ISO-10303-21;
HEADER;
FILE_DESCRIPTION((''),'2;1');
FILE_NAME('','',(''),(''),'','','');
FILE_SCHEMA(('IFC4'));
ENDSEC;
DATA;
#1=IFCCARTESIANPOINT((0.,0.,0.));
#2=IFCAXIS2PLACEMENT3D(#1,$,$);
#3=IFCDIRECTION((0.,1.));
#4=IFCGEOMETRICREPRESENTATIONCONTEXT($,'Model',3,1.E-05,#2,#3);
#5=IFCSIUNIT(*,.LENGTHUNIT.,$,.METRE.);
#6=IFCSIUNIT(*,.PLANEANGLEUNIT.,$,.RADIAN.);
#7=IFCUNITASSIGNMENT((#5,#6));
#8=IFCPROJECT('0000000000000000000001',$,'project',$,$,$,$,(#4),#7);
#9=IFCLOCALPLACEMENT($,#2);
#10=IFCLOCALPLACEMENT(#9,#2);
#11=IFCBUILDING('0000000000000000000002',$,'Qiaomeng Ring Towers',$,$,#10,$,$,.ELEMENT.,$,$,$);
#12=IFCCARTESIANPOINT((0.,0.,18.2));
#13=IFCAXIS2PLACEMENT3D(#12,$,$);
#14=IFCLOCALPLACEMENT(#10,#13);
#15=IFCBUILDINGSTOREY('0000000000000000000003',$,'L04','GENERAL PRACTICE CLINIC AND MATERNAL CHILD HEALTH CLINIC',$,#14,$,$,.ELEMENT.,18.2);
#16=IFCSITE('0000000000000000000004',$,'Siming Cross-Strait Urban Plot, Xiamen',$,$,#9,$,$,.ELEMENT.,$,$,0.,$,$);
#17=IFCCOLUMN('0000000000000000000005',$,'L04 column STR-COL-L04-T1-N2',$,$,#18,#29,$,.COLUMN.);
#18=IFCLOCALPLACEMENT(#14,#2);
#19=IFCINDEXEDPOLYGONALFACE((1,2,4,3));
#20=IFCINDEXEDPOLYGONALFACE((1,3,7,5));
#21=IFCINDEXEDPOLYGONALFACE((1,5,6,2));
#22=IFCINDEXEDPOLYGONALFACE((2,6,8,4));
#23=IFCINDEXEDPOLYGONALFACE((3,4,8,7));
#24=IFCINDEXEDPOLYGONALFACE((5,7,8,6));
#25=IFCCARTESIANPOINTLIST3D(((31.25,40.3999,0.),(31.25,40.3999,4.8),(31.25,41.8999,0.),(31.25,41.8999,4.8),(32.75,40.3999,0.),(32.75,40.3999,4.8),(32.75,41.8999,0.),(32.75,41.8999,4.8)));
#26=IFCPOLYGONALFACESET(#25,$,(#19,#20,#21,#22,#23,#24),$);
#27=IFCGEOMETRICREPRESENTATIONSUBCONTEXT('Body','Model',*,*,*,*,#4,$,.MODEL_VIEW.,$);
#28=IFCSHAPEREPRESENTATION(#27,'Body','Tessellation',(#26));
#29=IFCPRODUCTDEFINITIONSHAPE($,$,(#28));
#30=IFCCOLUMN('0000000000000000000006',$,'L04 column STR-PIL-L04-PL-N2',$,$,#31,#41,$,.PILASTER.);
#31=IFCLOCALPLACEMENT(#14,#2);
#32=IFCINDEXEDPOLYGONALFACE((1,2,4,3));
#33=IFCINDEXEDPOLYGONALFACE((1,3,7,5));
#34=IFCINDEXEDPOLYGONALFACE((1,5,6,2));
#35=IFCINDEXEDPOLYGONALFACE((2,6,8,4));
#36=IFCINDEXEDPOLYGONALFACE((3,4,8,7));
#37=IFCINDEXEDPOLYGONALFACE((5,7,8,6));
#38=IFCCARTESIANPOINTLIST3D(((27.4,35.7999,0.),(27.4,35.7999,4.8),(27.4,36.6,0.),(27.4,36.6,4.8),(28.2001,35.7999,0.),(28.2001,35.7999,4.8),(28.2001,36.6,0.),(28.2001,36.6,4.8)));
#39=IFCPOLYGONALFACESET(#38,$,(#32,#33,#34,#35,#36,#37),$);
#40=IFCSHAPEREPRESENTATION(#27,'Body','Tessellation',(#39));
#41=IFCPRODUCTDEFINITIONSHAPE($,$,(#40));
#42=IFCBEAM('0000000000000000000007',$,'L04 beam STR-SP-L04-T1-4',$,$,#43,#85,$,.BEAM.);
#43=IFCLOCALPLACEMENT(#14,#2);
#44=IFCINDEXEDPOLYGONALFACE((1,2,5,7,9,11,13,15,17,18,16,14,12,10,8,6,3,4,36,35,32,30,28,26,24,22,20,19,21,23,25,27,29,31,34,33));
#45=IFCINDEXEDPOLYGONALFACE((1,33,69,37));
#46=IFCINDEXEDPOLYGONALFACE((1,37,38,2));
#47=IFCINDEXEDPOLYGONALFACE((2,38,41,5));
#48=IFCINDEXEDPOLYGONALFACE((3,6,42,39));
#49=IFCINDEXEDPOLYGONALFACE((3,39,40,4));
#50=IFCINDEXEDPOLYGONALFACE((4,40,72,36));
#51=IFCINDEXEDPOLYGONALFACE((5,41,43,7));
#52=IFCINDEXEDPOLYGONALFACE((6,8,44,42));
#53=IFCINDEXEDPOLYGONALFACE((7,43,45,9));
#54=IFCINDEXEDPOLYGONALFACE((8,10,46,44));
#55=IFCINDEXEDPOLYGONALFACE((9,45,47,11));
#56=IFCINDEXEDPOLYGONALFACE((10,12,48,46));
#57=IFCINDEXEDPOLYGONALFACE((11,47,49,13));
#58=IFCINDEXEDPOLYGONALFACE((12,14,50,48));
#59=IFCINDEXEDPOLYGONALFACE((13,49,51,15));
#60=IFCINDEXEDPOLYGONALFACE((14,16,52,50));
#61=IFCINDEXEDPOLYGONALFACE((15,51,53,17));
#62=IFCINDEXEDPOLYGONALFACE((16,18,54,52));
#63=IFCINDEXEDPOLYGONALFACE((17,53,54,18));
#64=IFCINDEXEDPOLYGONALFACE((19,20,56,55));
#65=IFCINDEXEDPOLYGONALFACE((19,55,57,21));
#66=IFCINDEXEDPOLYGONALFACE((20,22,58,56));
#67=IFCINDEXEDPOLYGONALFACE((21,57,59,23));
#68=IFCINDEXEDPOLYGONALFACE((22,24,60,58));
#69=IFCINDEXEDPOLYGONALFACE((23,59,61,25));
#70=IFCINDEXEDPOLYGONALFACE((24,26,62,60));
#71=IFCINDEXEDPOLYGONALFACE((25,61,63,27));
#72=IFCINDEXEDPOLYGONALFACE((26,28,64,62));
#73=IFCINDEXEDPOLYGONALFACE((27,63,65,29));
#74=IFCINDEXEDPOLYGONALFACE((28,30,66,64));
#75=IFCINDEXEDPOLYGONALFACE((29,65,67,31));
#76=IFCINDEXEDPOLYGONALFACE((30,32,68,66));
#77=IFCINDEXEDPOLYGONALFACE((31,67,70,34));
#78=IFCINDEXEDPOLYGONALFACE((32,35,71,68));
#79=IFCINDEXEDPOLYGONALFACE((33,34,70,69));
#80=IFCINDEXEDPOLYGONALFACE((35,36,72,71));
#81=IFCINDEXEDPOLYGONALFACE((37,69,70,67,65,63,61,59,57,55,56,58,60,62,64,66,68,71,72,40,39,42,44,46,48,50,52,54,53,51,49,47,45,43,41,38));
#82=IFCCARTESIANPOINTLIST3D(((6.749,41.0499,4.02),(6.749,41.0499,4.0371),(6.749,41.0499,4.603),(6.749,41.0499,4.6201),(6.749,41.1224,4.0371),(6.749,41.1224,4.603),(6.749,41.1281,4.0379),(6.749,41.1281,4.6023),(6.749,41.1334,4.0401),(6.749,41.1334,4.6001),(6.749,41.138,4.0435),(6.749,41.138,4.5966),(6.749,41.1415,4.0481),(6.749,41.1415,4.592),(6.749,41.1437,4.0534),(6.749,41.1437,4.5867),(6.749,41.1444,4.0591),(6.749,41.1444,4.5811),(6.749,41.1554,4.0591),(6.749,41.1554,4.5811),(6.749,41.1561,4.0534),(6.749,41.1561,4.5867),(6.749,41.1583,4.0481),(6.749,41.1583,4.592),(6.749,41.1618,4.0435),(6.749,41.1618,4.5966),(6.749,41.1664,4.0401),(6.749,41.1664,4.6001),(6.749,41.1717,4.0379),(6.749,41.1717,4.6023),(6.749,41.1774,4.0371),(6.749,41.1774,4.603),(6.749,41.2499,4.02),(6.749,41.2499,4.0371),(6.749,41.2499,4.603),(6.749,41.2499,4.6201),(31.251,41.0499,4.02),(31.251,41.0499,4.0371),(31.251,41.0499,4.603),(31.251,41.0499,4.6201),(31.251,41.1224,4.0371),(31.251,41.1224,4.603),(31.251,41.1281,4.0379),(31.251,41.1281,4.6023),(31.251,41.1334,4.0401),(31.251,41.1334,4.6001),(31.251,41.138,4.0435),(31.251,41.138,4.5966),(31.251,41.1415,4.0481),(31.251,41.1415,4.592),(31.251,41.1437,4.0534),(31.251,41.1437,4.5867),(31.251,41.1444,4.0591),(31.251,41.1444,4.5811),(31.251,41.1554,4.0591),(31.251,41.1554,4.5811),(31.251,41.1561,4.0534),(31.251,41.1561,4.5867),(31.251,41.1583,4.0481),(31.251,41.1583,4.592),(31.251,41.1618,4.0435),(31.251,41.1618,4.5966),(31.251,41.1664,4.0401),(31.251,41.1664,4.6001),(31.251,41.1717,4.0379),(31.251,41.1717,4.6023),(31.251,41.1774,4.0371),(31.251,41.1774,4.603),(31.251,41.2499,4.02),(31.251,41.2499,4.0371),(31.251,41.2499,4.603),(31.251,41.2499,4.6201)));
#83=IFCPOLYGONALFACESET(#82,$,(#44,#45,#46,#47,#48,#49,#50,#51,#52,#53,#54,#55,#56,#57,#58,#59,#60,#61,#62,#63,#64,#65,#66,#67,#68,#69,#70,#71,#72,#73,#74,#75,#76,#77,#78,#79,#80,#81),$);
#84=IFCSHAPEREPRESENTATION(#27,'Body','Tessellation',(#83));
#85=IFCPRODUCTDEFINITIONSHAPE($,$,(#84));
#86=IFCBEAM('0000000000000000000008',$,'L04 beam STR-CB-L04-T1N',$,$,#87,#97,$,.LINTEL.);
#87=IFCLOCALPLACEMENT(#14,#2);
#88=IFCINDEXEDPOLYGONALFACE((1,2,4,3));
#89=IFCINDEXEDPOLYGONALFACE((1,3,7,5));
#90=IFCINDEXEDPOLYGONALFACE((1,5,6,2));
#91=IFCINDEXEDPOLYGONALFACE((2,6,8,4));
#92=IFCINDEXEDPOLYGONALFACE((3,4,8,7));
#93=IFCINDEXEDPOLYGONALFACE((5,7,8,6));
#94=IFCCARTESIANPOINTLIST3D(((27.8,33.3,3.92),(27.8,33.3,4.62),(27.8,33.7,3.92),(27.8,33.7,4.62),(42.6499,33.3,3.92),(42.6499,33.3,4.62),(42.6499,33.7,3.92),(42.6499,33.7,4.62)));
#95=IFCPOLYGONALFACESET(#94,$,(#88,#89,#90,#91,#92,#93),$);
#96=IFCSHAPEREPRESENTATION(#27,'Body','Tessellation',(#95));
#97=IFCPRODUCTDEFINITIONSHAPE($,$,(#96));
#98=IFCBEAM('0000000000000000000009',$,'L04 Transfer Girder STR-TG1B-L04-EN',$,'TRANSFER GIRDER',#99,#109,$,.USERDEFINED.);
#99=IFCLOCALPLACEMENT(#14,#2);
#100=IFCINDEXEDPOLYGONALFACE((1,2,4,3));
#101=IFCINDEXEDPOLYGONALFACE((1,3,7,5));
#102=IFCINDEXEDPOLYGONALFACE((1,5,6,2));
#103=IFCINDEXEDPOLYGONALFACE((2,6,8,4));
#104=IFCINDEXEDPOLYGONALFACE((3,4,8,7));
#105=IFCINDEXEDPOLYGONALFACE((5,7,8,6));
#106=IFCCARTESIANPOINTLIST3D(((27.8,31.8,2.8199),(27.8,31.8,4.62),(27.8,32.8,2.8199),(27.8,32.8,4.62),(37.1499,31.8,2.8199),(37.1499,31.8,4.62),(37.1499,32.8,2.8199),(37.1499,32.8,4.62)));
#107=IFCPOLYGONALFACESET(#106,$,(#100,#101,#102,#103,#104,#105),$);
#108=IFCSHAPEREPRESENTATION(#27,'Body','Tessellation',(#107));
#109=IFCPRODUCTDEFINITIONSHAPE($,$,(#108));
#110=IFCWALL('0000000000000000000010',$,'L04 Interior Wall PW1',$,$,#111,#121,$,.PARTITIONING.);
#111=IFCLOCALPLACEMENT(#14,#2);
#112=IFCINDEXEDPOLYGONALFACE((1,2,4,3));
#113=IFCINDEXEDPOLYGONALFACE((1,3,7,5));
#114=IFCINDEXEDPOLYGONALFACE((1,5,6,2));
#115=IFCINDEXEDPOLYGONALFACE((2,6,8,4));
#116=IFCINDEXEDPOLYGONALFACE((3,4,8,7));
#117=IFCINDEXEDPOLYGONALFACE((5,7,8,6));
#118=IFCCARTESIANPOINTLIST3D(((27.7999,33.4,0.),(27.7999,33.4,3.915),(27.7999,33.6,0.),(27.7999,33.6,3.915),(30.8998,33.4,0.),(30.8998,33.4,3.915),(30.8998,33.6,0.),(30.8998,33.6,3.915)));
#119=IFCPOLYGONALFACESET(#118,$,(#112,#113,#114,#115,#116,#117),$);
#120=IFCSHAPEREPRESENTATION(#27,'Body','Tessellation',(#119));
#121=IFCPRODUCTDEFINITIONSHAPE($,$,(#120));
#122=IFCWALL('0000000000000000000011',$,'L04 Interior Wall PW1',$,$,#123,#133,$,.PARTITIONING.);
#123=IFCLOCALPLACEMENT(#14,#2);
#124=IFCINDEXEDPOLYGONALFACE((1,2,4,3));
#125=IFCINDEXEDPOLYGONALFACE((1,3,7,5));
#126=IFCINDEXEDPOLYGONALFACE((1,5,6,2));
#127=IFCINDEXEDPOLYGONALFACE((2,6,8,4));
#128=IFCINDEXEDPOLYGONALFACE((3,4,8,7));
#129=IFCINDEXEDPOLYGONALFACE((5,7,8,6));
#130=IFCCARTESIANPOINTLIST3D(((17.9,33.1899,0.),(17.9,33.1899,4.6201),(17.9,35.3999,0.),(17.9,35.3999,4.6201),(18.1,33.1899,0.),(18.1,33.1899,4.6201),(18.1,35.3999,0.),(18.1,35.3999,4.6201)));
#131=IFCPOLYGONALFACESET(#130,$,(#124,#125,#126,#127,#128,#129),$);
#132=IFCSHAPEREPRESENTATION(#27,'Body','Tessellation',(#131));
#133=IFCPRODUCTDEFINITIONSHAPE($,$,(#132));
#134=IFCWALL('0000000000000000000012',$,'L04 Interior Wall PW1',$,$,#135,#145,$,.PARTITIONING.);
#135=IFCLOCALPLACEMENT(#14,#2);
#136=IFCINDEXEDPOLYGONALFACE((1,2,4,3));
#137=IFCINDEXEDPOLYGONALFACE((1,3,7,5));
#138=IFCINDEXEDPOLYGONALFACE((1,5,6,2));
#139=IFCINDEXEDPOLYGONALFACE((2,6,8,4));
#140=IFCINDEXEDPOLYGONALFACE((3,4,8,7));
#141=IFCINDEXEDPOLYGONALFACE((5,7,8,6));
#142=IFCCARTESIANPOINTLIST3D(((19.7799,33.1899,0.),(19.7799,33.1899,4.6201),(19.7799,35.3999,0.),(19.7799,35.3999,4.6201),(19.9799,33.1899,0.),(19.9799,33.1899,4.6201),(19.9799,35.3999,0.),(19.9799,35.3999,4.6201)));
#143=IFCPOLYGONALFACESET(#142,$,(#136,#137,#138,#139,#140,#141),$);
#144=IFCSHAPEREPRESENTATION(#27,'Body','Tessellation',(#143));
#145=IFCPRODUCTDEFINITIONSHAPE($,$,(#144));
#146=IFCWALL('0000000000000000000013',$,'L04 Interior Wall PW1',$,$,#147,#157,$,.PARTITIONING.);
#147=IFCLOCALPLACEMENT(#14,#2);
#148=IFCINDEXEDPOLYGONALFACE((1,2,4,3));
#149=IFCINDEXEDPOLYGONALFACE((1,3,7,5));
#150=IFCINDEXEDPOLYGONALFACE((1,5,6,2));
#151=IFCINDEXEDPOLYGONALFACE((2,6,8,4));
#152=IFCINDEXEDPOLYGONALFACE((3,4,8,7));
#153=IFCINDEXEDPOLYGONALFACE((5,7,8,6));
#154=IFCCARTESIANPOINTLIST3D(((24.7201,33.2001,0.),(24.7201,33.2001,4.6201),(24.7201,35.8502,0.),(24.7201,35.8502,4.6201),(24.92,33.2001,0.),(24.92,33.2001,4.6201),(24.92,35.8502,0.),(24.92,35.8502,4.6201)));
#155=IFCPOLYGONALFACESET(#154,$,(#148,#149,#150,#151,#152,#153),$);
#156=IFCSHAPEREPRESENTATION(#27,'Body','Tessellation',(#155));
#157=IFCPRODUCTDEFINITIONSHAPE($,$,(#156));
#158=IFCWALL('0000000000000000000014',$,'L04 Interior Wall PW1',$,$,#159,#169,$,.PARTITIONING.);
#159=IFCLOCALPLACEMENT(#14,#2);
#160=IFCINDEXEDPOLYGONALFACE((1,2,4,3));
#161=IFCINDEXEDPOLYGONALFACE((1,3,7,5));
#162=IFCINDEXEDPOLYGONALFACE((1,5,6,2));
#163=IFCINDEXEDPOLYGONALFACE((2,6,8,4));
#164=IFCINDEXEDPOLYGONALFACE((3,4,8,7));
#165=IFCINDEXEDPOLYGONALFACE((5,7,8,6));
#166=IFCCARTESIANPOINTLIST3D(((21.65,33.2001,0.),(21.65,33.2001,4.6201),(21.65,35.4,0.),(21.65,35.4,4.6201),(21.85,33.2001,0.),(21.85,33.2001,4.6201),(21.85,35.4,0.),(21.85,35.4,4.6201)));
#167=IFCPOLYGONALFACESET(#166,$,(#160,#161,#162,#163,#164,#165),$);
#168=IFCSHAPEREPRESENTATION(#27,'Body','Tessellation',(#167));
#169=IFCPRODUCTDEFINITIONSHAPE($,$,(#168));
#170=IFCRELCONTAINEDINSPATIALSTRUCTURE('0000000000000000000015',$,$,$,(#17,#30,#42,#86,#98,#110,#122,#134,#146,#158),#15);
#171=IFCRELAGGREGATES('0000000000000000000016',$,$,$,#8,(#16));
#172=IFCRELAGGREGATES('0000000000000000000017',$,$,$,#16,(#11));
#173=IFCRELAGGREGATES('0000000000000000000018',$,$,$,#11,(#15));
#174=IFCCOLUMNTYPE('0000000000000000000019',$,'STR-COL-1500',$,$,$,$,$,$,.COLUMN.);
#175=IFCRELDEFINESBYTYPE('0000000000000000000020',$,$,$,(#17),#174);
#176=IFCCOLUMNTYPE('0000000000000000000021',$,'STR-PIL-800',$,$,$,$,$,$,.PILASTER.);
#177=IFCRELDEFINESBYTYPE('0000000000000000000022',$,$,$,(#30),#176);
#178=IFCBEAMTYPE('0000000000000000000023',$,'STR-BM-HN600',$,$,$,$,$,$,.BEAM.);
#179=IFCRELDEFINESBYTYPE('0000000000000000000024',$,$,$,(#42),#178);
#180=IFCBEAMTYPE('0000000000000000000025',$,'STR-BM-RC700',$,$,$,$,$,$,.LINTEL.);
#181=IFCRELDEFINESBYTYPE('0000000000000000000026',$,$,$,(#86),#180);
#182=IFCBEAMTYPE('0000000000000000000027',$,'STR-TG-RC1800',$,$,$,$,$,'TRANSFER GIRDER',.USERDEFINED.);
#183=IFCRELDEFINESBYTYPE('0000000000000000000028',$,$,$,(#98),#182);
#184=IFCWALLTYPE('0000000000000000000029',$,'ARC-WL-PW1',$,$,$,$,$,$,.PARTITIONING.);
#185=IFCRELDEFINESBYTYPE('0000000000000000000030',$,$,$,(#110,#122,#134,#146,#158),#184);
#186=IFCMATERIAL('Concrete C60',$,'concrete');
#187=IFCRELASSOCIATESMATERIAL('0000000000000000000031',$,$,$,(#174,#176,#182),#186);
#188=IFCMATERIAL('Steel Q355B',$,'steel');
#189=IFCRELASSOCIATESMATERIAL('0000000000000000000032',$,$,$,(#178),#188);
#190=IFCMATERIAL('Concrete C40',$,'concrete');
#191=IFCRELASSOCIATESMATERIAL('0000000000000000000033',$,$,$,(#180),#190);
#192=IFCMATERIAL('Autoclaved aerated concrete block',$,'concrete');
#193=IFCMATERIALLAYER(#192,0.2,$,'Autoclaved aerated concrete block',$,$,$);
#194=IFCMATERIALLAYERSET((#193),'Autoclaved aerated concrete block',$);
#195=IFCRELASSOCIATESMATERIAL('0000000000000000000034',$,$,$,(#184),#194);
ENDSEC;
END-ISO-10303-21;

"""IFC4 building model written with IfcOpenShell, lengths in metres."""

from ifc_helpers import new_model, si_unit, direction, frame, frame_2d, origin, origin_2d, place, context, subcontext, project, spatial, rectangle, i_section, extrude, source, transform, mapped, material, layer, layer_set, material_profile, profile_set, type_object, element, save


model = new_model("IFC4")

# Units and contexts
model_context = context("Model", 3, precision=1e-05, world=origin(), true_north=direction((0.0, 1.0)))
body_context = subcontext(model_context, "Body", "Model", "MODEL_VIEW")
ifc_project = project(units=[si_unit("LENGTHUNIT", "METRE"), si_unit("PLANEANGLEUNIT", "RADIAN")], contexts=[model_context])

# Site, building, storey
site_placement = place(None, origin())
site = spatial("IfcSite", under=ifc_project, at=site_placement, Name="Siming Cross-Strait Urban Plot, Xiamen", CompositionType="ELEMENT", RefElevation=0.0)
building_placement = place(site_placement, origin())
building = spatial("IfcBuilding", under=site, at=building_placement, Name="Qiaomeng Ring Towers", CompositionType="ELEMENT")
storey_placement = place(building_placement, frame((0.0, 0.0, 18.2)))
storey = spatial("IfcBuildingStorey", under=building, at=storey_placement, Name="L04", Description="GENERAL PRACTICE CLINIC AND MATERNAL CHILD HEALTH CLINIC", CompositionType="ELEMENT", Elevation=18.2)

# Columns
ifc_material_1 = material(Name="Concrete C60", Category="concrete")
ifc_material_profile_1 = material_profile(ifc_material_1, rectangle(XDim=1.5, YDim=1.5, at=origin_2d()), Name="RC COL 1500x1500")
ifc_profile_set_1 = profile_set([ifc_material_profile_1], Name="Concrete C60")
column_type_1 = type_object("IfcColumnType", Name="STR-COL-1500", PredefinedType="COLUMN", material=ifc_profile_set_1)
shared_shape_1 = source(origin(), body_context, "Body", "SweptSolid", [
    extrude(rectangle(XDim=1.5, YDim=1.5, at=origin_2d()), origin(), (0.0, 0.0, 1.0), 4.8),
])
column_1_placement = place(storey_placement, frame((32.0, 41.1499, 0.0), z_axis=(0.0, 0.0, 1.0), x_axis=(1.0, 0.0, 0.0)))
element("IfcColumn", 1, at=column_1_placement, inside=storey, type_object=column_type_1, Name="L04 column STR-COL-L04-T1-N2", PredefinedType="COLUMN", context=body_context, shape_type="MappedRepresentation", body=[
    mapped(shared_shape_1, transform((0.0, 0.0, 0.0), x_axis=(1.0, 0.0, 0.0), y_axis=(0.0, 1.0, 0.0), z_axis=(0.0, 0.0, 1.0), scale=1.0)),
])
ifc_material_profile_2 = material_profile(ifc_material_1, rectangle(XDim=0.8, YDim=0.8, at=origin_2d()), Name="RC COL 800x800")
ifc_profile_set_2 = profile_set([ifc_material_profile_2], Name="Concrete C60")
column_type_2 = type_object("IfcColumnType", Name="STR-PIL-800", PredefinedType="PILASTER", material=ifc_profile_set_2)
shared_shape_2 = source(origin(), body_context, "Body", "SweptSolid", [
    extrude(rectangle(XDim=0.8, YDim=0.8, at=origin_2d()), origin(), (0.0, 0.0, 1.0), 4.8),
])
column_2_placement = place(storey_placement, frame((27.8, 36.2, 0.0), z_axis=(0.0, 0.0, 1.0), x_axis=(1.0, 0.0, 0.0)))
element("IfcColumn", 2, at=column_2_placement, inside=storey, type_object=column_type_2, Name="L04 column STR-PIL-L04-PL-N2", PredefinedType="PILASTER", context=body_context, shape_type="MappedRepresentation", body=[
    mapped(shared_shape_2, transform((0.0, 0.0, 0.0), x_axis=(1.0, 0.0, 0.0), y_axis=(0.0, 1.0, 0.0), z_axis=(0.0, 0.0, 1.0), scale=1.0)),
])

# Beams
ifc_material_2 = material(Name="Steel Q355B", Category="steel")
ifc_material_profile_3 = material_profile(ifc_material_2, i_section(OverallWidth=0.2, OverallDepth=0.6001, WebThickness=0.011, FlangeThickness=0.0171, FilletRadius=0.022, at=origin_2d()), Name="HN 600x200x11x17")
ifc_profile_set_3 = profile_set([ifc_material_profile_3], Name="Steel Q355B")
beam_type_1 = type_object("IfcBeamType", Name="STR-BM-HN600", PredefinedType="BEAM", material=ifc_profile_set_3)
shared_shape_3 = source(origin(), body_context, "Body", "SweptSolid", [
    extrude(i_section(OverallWidth=0.2, OverallDepth=0.6001, WebThickness=0.011, FlangeThickness=0.0171, FilletRadius=0.022, at=origin_2d()), origin(), (0.0, 0.0, 1.0), 24.502),
])
beam_1_placement = place(storey_placement, frame((31.251, 41.1499, 4.3201), z_axis=(-1.0, 0.0, 0.0), x_axis=(0.0, -1.0, 0.0)))
element("IfcBeam", 3, at=beam_1_placement, inside=storey, type_object=beam_type_1, Name="L04 beam STR-SP-L04-T1-4", PredefinedType="BEAM", context=body_context, shape_type="MappedRepresentation", body=[
    mapped(shared_shape_3, transform((0.0, 0.0, 0.0), x_axis=(1.0, 0.0, 0.0), y_axis=(0.0, 1.0, 0.0), z_axis=(0.0, 0.0, 1.0), scale=1.0)),
])
ifc_material_3 = material(Name="Concrete C40", Category="concrete")
ifc_material_profile_4 = material_profile(ifc_material_3, rectangle(XDim=0.3999, YDim=0.7, at=origin_2d()), Name="RC BM 400x700")
ifc_profile_set_4 = profile_set([ifc_material_profile_4], Name="Concrete C40")
beam_type_2 = type_object("IfcBeamType", Name="STR-BM-RC700", PredefinedType="LINTEL", material=ifc_profile_set_4)
shared_shape_4 = source(origin(), body_context, "Body", "SweptSolid", [
    extrude(rectangle(XDim=0.3999, YDim=0.7, at=origin_2d()), origin(), (0.0, 0.0, 1.0), 14.8499),
])
beam_2_placement = place(storey_placement, frame((27.8, 33.5, 4.27), z_axis=(1.0, 0.0, 0.0), x_axis=(0.0, 1.0, 0.0)))
element("IfcBeam", 4, at=beam_2_placement, inside=storey, type_object=beam_type_2, Name="L04 beam STR-CB-L04-T1N", PredefinedType="LINTEL", context=body_context, shape_type="MappedRepresentation", body=[
    mapped(shared_shape_4, transform((0.0, 0.0, 0.0), x_axis=(1.0, 0.0, 0.0), y_axis=(0.0, 1.0, 0.0), z_axis=(0.0, 0.0, 1.0), scale=1.0)),
])
ifc_material_profile_5 = material_profile(ifc_material_1, rectangle(XDim=1.0, YDim=1.8, at=origin_2d()), Name="RC TG 1000x1800")
ifc_profile_set_5 = profile_set([ifc_material_profile_5], Name="Concrete C60")
beam_type_3 = type_object("IfcBeamType", Name="STR-TG-RC1800", ElementType="TRANSFER GIRDER", PredefinedType="USERDEFINED", material=ifc_profile_set_5)
shared_shape_5 = source(origin(), body_context, "Body", "SweptSolid", [
    extrude(rectangle(XDim=1.0, YDim=1.8, at=origin_2d()), origin(), (0.0, 0.0, 1.0), 9.3499),
])
beam_3_placement = place(storey_placement, frame((27.8, 32.3, 3.72), z_axis=(1.0, 0.0, 0.0), x_axis=(0.0, 1.0, 0.0)))
element("IfcBeam", 5, at=beam_3_placement, inside=storey, type_object=beam_type_3, Name="L04 Transfer Girder STR-TG1B-L04-EN", ObjectType="TRANSFER GIRDER", PredefinedType="USERDEFINED", context=body_context, shape_type="MappedRepresentation", body=[
    mapped(shared_shape_5, transform((0.0, 0.0, 0.0), x_axis=(1.0, 0.0, 0.0), y_axis=(0.0, 1.0, 0.0), z_axis=(0.0, 0.0, 1.0), scale=1.0)),
])

# Walls
ifc_material_4 = material(Name="Autoclaved aerated concrete block", Category="concrete")
ifc_layer_1 = layer(ifc_material_4, 0.2, Name="Autoclaved aerated concrete block")
ifc_layer_set_1 = layer_set([ifc_layer_1], Name="Autoclaved aerated concrete block")
wall_type_1 = type_object("IfcWallType", Name="ARC-WL-PW1", PredefinedType="PARTITIONING", material=ifc_layer_set_1)
wall_1_placement = place(storey_placement, frame((27.8, 33.5, 0.0), z_axis=(0.0, 0.0, 1.0), x_axis=(1.0, 0.0, 0.0)))
element("IfcWall", 6, at=wall_1_placement, inside=storey, type_object=wall_type_1, Name="L04 Interior Wall PW1", PredefinedType="PARTITIONING", context=body_context, shape_type="SweptSolid", body=[
    extrude(rectangle(XDim=3.0999, YDim=0.2, at=frame_2d((1.5498, 0.0))), origin(), (0.0, 0.0, 1.0), 3.915),
])
for number, where, z_axis, x_axis, name in (
    (7, (18.0, 33.1899, 0.0), (0.0, 0.0, 1.0), (0.0, 1.0, 0.0), "L04 Interior Wall PW1"),
    (8, (19.8799, 33.1899, 0.0), (0.0, 0.0, 1.0), (0.0, 1.0, 0.0), "L04 Interior Wall PW1"),
):
    element("IfcWall", number, at=place(storey_placement, frame(where, z_axis=z_axis, x_axis=x_axis)), inside=storey, type_object=wall_type_1, Name=name, PredefinedType="PARTITIONING", context=body_context, shape_type="SweptSolid", body=[
        extrude(rectangle(XDim=2.21, YDim=0.2, at=frame_2d((1.105, 0.0))), origin(), (0.0, 0.0, 1.0), 4.6201),
    ])
wall_2_placement = place(storey_placement, frame((24.8201, 33.2, 0.0), z_axis=(0.0, 0.0, 1.0), x_axis=(0.0, 1.0, 0.0)))
element("IfcWall", 9, at=wall_2_placement, inside=storey, type_object=wall_type_1, Name="L04 Interior Wall PW1", PredefinedType="PARTITIONING", context=body_context, shape_type="SweptSolid", body=[
    extrude(rectangle(XDim=2.6501, YDim=0.2, at=frame_2d((1.3252, 0.0))), origin(), (0.0, 0.0, 1.0), 4.6201),
])
wall_3_placement = place(storey_placement, frame((21.75, 33.2, 0.0), z_axis=(0.0, 0.0, 1.0), x_axis=(0.0, 1.0, 0.0)))
element("IfcWall", 10, at=wall_3_placement, inside=storey, type_object=wall_type_1, Name="L04 Interior Wall PW1", PredefinedType="PARTITIONING", context=body_context, shape_type="SweptSolid", body=[
    extrude(rectangle(XDim=2.2, YDim=0.2, at=frame_2d((1.1001, 0.0))), origin(), (0.0, 0.0, 1.0), 4.6201),
])

save(model, "model.ifc")
